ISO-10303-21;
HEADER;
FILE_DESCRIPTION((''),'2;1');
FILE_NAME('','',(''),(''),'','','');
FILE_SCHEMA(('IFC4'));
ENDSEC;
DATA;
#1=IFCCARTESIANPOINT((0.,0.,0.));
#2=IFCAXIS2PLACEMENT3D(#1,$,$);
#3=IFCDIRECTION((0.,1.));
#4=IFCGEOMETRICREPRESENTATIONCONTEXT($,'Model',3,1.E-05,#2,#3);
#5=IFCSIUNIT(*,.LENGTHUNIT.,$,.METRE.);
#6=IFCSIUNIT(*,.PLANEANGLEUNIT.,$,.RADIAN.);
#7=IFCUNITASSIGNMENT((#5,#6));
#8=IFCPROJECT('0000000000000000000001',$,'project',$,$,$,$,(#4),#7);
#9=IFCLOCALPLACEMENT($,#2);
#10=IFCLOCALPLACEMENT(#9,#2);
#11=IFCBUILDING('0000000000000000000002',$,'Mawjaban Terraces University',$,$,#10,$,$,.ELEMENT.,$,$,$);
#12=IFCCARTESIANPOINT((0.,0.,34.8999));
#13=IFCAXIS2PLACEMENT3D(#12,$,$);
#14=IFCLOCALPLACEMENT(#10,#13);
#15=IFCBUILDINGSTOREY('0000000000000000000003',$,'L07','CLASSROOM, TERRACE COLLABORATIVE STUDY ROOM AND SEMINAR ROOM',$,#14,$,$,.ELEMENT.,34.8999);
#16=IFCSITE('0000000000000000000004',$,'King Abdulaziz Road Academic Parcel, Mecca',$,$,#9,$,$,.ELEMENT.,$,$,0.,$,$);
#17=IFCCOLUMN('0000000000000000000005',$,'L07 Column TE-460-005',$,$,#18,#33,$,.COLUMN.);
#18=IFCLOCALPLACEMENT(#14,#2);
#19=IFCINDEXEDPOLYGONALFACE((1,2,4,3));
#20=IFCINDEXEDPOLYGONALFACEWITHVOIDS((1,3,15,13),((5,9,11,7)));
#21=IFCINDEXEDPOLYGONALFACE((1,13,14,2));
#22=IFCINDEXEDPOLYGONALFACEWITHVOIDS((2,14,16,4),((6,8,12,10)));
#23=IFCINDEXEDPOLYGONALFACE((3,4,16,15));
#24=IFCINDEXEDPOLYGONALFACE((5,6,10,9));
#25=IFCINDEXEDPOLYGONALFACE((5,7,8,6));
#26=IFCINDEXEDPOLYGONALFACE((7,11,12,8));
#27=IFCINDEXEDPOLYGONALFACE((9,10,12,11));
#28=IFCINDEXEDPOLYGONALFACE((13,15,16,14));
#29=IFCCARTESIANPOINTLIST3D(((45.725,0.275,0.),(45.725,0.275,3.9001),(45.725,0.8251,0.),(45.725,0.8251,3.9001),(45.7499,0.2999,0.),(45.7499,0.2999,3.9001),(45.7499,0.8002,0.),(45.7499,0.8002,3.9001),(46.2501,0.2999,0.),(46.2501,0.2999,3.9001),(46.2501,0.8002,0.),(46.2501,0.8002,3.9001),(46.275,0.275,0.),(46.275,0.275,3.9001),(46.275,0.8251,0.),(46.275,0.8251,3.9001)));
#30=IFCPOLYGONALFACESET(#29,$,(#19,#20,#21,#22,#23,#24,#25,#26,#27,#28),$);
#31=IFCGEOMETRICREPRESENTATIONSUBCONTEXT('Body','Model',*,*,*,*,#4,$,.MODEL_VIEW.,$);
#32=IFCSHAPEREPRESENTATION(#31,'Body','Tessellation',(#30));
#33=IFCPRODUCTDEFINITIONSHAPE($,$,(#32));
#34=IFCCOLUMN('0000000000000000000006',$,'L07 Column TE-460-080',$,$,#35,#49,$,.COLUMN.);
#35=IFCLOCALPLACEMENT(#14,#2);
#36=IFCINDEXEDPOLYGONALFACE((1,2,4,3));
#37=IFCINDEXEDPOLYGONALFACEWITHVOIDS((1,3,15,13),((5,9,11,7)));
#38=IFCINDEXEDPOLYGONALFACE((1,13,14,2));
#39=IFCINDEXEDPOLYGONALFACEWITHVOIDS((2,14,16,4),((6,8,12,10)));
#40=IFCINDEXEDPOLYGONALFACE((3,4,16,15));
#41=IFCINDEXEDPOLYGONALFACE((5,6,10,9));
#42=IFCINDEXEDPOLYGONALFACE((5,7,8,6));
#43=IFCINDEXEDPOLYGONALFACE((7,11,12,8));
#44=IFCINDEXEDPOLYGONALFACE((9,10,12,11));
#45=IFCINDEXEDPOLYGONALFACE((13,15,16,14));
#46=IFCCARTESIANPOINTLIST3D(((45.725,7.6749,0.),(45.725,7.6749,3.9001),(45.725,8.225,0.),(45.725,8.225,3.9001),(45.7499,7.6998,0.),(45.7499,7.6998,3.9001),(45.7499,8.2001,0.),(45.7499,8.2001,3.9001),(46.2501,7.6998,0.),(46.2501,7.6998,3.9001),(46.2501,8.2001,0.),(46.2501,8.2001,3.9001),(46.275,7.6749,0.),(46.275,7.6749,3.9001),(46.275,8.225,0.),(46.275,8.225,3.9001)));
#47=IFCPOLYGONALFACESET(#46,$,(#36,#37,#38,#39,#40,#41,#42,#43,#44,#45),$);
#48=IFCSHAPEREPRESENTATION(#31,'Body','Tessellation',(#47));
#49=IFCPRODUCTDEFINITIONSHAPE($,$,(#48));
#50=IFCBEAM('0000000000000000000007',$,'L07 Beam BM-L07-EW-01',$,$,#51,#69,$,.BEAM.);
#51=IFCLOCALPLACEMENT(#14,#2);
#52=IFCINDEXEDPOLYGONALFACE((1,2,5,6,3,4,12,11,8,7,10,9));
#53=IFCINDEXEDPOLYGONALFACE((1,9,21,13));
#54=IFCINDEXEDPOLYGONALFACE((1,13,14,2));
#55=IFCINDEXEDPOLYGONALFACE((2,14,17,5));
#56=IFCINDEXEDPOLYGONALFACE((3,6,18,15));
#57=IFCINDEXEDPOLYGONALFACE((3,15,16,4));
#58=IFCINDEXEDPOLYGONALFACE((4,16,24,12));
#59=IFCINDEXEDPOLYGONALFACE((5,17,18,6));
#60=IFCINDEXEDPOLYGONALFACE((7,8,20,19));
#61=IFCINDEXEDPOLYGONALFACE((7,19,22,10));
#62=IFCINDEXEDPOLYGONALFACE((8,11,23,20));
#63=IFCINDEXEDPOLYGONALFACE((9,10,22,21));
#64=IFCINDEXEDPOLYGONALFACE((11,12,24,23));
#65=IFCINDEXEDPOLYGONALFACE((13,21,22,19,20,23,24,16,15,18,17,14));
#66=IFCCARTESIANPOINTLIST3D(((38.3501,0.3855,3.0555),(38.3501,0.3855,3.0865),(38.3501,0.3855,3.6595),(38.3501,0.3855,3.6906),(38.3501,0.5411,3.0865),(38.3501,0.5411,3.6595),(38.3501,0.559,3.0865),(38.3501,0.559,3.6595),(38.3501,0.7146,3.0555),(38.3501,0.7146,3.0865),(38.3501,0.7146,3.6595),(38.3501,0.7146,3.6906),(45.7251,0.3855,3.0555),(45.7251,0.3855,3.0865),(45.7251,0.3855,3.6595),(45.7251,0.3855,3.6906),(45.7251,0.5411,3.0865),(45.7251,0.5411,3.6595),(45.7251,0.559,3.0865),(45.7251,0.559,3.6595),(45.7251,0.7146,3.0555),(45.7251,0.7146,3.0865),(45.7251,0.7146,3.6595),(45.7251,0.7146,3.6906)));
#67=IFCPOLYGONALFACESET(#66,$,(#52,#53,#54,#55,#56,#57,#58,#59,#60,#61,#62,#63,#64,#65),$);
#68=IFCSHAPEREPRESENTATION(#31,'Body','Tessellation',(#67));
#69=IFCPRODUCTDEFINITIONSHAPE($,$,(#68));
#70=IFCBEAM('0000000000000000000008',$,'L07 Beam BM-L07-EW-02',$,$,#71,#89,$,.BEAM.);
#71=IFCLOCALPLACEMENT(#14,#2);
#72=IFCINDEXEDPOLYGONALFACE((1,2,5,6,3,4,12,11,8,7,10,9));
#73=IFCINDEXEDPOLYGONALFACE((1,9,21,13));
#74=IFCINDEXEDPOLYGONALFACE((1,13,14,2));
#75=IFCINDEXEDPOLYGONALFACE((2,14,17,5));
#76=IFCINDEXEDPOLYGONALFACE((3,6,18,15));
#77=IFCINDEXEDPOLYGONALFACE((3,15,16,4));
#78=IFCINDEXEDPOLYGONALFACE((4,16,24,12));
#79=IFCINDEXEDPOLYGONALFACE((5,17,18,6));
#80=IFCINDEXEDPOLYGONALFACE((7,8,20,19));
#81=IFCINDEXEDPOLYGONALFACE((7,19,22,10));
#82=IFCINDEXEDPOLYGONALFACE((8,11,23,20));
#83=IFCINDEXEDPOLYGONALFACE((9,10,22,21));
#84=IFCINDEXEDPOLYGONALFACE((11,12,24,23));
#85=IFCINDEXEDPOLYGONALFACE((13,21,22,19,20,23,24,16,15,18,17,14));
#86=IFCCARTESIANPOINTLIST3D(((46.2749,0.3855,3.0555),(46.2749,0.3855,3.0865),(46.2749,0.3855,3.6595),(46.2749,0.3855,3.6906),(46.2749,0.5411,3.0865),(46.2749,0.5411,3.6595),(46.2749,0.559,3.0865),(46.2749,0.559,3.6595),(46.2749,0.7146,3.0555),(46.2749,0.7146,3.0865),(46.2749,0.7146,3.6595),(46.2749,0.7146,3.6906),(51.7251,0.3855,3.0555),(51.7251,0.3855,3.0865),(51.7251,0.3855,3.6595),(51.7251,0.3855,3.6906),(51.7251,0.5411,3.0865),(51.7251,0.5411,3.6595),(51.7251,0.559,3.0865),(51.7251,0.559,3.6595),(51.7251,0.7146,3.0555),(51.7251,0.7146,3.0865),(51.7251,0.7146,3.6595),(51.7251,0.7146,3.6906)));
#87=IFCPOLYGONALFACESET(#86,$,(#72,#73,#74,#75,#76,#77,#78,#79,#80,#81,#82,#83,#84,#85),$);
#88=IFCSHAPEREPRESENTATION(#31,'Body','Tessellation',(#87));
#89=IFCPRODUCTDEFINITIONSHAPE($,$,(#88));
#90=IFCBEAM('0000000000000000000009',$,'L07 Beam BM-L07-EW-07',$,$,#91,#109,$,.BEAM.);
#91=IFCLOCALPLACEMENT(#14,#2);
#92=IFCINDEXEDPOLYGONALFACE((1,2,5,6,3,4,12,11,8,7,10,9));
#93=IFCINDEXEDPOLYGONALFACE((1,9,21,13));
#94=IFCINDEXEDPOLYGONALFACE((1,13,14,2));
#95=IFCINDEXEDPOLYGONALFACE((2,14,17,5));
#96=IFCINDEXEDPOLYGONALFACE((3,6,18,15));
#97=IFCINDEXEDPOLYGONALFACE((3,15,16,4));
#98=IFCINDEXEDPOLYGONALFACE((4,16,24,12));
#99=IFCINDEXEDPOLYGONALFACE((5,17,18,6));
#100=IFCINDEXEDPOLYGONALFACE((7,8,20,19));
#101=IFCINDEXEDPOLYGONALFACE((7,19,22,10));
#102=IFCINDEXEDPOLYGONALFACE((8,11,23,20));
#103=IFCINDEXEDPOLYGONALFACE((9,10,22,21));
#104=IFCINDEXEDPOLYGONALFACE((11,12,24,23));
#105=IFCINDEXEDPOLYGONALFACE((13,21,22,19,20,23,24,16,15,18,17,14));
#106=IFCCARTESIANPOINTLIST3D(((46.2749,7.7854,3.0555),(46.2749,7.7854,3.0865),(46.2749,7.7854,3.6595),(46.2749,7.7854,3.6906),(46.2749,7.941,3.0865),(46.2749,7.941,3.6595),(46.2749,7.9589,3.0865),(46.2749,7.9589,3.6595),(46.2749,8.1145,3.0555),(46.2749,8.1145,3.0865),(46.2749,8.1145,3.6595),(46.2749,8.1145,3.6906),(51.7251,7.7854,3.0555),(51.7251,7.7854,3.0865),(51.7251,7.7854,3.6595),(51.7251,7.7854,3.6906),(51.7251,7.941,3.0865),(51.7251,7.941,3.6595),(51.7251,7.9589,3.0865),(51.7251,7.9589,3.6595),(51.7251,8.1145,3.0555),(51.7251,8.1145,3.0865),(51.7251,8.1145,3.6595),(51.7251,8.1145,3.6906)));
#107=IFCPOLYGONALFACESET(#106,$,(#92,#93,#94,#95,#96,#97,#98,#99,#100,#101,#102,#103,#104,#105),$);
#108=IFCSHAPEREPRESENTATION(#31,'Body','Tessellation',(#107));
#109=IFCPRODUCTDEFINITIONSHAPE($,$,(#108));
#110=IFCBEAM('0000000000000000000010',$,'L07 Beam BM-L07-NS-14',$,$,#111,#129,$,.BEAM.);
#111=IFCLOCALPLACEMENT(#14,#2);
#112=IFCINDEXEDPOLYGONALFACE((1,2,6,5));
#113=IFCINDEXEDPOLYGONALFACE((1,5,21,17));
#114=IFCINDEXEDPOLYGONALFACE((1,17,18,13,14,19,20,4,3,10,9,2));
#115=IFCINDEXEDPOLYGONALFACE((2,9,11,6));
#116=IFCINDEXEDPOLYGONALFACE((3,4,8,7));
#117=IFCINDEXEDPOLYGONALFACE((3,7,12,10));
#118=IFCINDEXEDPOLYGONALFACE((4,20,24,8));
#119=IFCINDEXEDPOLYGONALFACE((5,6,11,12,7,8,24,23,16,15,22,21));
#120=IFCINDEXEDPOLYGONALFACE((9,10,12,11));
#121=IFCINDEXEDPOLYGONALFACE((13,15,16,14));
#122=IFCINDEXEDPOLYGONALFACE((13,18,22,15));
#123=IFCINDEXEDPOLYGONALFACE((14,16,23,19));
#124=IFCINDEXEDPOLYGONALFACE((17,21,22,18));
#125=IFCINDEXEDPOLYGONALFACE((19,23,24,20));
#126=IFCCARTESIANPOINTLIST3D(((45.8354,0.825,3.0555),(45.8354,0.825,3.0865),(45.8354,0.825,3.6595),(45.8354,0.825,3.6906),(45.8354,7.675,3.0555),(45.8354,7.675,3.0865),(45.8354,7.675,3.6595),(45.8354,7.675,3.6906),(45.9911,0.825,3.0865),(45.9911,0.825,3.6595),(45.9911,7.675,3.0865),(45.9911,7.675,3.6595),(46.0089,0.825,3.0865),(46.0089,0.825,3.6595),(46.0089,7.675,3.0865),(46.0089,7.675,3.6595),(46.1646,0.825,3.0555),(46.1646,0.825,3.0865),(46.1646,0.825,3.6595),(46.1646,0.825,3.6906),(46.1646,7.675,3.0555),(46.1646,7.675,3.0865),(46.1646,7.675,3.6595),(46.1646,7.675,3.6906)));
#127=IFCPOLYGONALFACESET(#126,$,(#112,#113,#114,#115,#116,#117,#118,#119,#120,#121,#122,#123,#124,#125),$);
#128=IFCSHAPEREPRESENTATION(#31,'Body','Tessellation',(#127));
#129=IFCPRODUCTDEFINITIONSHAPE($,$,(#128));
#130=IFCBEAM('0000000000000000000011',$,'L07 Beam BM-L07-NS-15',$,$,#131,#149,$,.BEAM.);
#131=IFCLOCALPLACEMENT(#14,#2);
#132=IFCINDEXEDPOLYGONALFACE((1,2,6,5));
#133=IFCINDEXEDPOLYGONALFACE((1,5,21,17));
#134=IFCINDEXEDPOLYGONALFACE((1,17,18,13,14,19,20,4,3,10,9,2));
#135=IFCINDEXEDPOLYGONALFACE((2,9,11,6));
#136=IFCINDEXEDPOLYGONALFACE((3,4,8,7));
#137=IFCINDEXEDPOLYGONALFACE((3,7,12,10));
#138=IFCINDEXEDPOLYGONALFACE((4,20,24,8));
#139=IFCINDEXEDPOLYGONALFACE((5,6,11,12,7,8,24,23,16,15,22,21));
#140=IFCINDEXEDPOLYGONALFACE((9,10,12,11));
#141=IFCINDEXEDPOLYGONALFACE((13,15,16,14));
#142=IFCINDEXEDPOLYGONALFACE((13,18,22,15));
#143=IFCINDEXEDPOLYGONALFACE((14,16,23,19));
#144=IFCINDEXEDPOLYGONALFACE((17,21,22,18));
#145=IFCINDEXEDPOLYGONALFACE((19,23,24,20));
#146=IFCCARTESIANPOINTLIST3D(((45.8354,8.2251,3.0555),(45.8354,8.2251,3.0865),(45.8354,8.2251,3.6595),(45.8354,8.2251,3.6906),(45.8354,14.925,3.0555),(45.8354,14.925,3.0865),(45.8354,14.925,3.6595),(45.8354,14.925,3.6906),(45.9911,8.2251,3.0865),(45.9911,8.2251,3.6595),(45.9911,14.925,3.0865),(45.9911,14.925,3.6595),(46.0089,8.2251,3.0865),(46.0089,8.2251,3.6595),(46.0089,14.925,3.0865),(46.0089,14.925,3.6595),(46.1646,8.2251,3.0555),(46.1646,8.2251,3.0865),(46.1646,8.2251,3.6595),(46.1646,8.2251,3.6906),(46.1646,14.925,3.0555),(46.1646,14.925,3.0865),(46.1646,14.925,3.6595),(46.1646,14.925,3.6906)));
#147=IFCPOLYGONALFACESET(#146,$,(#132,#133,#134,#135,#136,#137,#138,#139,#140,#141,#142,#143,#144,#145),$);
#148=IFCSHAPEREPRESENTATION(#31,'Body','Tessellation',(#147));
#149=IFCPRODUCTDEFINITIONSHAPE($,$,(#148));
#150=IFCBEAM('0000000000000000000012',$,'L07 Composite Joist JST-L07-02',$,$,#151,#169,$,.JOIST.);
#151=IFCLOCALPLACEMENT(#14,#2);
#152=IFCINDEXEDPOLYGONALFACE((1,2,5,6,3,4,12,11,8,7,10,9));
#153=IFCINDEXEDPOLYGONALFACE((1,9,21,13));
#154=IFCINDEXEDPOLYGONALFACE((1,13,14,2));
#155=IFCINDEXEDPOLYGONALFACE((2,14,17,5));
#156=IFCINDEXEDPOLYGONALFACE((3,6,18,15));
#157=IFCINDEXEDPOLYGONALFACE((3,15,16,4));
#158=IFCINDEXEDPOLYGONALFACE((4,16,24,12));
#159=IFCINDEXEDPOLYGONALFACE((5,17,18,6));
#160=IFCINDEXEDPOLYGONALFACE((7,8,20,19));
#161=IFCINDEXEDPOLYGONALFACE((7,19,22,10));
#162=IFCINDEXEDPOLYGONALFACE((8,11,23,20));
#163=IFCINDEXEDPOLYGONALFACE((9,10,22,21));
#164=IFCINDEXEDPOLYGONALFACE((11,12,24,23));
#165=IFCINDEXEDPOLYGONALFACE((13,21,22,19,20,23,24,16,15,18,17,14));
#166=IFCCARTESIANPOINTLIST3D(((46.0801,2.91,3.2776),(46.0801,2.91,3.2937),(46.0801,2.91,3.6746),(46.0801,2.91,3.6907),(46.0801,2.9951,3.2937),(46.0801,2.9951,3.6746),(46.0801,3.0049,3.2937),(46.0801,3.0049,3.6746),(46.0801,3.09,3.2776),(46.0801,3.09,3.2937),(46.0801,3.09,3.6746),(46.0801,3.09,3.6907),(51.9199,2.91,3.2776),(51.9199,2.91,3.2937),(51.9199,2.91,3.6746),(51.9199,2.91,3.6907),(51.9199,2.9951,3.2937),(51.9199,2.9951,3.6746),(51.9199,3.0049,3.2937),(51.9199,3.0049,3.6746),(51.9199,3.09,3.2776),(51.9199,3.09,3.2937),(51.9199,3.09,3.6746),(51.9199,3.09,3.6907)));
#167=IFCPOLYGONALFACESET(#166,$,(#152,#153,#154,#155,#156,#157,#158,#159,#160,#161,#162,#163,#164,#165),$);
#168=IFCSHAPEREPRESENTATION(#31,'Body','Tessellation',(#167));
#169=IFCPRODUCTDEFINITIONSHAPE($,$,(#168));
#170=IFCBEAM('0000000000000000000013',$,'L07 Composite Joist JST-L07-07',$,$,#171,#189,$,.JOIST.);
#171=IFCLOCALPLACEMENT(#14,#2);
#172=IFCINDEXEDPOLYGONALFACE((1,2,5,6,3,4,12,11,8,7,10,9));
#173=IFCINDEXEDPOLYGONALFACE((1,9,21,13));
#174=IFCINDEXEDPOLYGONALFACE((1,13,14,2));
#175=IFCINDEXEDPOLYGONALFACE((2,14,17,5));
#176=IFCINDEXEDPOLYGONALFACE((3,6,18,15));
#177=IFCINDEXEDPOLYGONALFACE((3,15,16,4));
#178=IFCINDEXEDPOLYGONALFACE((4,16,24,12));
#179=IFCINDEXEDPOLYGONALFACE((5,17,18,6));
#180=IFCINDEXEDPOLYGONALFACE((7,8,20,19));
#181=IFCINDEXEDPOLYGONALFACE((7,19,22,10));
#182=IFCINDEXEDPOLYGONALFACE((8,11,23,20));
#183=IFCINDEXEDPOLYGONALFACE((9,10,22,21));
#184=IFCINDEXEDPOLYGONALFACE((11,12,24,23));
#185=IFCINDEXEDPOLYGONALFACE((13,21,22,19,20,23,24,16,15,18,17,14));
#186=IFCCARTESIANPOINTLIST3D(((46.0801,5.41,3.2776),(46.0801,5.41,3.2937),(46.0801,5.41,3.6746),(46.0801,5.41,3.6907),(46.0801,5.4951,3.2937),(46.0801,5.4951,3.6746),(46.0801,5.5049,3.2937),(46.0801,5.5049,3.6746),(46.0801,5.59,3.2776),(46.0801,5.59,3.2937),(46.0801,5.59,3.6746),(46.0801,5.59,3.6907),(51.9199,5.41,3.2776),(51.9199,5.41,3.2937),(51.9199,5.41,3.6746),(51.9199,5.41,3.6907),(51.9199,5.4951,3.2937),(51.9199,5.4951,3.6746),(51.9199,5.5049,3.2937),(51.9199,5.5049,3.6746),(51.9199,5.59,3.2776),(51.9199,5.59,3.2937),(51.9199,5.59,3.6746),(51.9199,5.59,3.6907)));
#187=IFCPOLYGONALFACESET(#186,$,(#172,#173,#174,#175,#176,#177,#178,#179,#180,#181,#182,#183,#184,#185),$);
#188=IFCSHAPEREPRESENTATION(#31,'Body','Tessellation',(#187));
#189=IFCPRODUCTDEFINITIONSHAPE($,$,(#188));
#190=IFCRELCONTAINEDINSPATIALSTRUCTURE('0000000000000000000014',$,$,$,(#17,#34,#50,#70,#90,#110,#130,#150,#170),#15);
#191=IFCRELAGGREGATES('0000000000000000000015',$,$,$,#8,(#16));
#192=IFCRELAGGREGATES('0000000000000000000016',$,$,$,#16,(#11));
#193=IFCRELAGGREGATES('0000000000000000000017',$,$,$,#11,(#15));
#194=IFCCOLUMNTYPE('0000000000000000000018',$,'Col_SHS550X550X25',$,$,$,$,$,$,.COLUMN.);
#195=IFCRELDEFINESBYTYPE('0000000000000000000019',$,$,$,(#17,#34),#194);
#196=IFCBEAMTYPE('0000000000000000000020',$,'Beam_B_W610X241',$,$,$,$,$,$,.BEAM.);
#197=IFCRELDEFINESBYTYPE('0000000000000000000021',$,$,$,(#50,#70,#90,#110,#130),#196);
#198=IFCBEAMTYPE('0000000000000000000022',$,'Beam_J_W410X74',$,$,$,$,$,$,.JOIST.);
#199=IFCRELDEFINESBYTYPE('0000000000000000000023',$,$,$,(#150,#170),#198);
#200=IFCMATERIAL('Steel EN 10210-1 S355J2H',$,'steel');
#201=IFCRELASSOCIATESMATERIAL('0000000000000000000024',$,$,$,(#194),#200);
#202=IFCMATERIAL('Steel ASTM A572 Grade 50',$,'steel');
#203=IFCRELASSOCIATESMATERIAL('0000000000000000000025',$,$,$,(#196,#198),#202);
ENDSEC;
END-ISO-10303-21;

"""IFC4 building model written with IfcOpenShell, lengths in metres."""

from ifc_helpers import new_model, si_unit, direction, frame, origin, origin_2d, place, context, subcontext, project, spatial, hollow_rectangle, i_section, extrude, material, material_profile, profile_set, type_object, element, save


model = new_model("IFC4")

# Units and contexts
model_context = context("Model", 3, precision=1e-05, world=origin(), true_north=direction((0.0, 1.0)))
body_context = subcontext(model_context, "Body", "Model", "MODEL_VIEW")
ifc_project = project(units=[si_unit("LENGTHUNIT", "METRE"), si_unit("PLANEANGLEUNIT", "RADIAN")], contexts=[model_context])

# Site, building, storey
site_placement = place(None, origin())
site = spatial("IfcSite", under=ifc_project, at=site_placement, Name="King Abdulaziz Road Academic Parcel, Mecca", CompositionType="ELEMENT", RefElevation=0.0)
building_placement = place(site_placement, origin())
building = spatial("IfcBuilding", under=site, at=building_placement, Name="Mawjaban Terraces University", CompositionType="ELEMENT")
storey_placement = place(building_placement, frame((0.0, 0.0, 34.8999)))
storey = spatial("IfcBuildingStorey", under=building, at=storey_placement, Name="L07", Description="CLASSROOM, TERRACE COLLABORATIVE STUDY ROOM AND SEMINAR ROOM", CompositionType="ELEMENT", Elevation=34.8999)

# Columns
ifc_material_1 = material(Name="Steel EN 10210-1 S355J2H", Category="steel")
ifc_material_profile_1 = material_profile(ifc_material_1, hollow_rectangle(XDim=0.55, YDim=0.55, WallThickness=0.0249, at=origin_2d()), Name="SHS550X550X25")
ifc_profile_set_1 = profile_set([ifc_material_profile_1], Name="Steel EN 10210-1 S355J2H")
column_type = type_object("IfcColumnType", Name="Col_SHS550X550X25", PredefinedType="COLUMN", material=ifc_profile_set_1)
for number, where, z_axis, x_axis, name in (
    (1, (46.0, 0.55, 0.0), (0.0, 0.0, 1.0), (1.0, 0.0, 0.0), "L07 Column TE-460-005"),
    (2, (46.0, 7.95, 0.0), (0.0, 0.0, 1.0), (1.0, 0.0, 0.0), "L07 Column TE-460-080"),
):
    element("IfcColumn", number, at=place(storey_placement, frame(where, z_axis=z_axis, x_axis=x_axis)), inside=storey, type_object=column_type, Name=name, PredefinedType="COLUMN", context=body_context, shape_type="SweptSolid", body=[
        extrude(hollow_rectangle(XDim=0.55, YDim=0.55, WallThickness=0.0249, at=origin_2d()), origin(), (0.0, 0.0, 1.0), 3.9001),
    ])

# Beams
ifc_material_2 = material(Name="Steel ASTM A572 Grade 50", Category="steel")
ifc_material_profile_2 = material_profile(ifc_material_2, i_section(OverallWidth=0.3291, OverallDepth=0.635, WebThickness=0.0178, FlangeThickness=0.031, at=origin_2d()), Name="W610X241")
ifc_profile_set_2 = profile_set([ifc_material_profile_2], Name="Steel ASTM A572 Grade 50")
beam_type_1 = type_object("IfcBeamType", Name="Beam_B_W610X241", PredefinedType="BEAM", material=ifc_profile_set_2)
beam_1_placement = place(storey_placement, frame((38.3501, 0.55, 3.373), z_axis=(1.0, 0.0, 0.0), x_axis=(0.0, 1.0, 0.0)))
element("IfcBeam", 3, at=beam_1_placement, inside=storey, type_object=beam_type_1, Name="L07 Beam BM-L07-EW-01", PredefinedType="BEAM", context=body_context, shape_type="SweptSolid", body=[
    extrude(i_section(OverallWidth=0.3291, OverallDepth=0.635, WebThickness=0.0178, FlangeThickness=0.031, at=origin_2d()), origin(), (0.0, 0.0, 1.0), 7.375),
])
for number, where, z_axis, x_axis, name in (
    (4, (46.2749, 0.55, 3.373), (1.0, 0.0, 0.0), (0.0, 1.0, 0.0), "L07 Beam BM-L07-EW-02"),
    (5, (46.2749, 7.95, 3.373), (1.0, 0.0, 0.0), (0.0, 1.0, 0.0), "L07 Beam BM-L07-EW-07"),
):
    element("IfcBeam", number, at=place(storey_placement, frame(where, z_axis=z_axis, x_axis=x_axis)), inside=storey, type_object=beam_type_1, Name=name, PredefinedType="BEAM", context=body_context, shape_type="SweptSolid", body=[
        extrude(i_section(OverallWidth=0.3291, OverallDepth=0.635, WebThickness=0.0178, FlangeThickness=0.031, at=origin_2d()), origin(), (0.0, 0.0, 1.0), 5.4502),
    ])
beam_2_placement = place(storey_placement, frame((46.0, 0.825, 3.373), z_axis=(0.0, 1.0, 0.0), x_axis=(-1.0, 0.0, 0.0)))
element("IfcBeam", 6, at=beam_2_placement, inside=storey, type_object=beam_type_1, Name="L07 Beam BM-L07-NS-14", PredefinedType="BEAM", context=body_context, shape_type="SweptSolid", body=[
    extrude(i_section(OverallWidth=0.3291, OverallDepth=0.635, WebThickness=0.0178, FlangeThickness=0.031, at=origin_2d()), origin(), (0.0, 0.0, 1.0), 6.8501),
])
beam_3_placement = place(storey_placement, frame((46.0, 8.2251, 3.373), z_axis=(0.0, 1.0, 0.0), x_axis=(-1.0, 0.0, 0.0)))
element("IfcBeam", 7, at=beam_3_placement, inside=storey, type_object=beam_type_1, Name="L07 Beam BM-L07-NS-15", PredefinedType="BEAM", context=body_context, shape_type="SweptSolid", body=[
    extrude(i_section(OverallWidth=0.3291, OverallDepth=0.635, WebThickness=0.0178, FlangeThickness=0.031, at=origin_2d()), origin(), (0.0, 0.0, 1.0), 6.7),
])
ifc_material_profile_3 = material_profile(ifc_material_2, i_section(OverallWidth=0.1799, OverallDepth=0.4131, WebThickness=0.0098, FlangeThickness=0.0161, at=origin_2d()), Name="W410X74")
ifc_profile_set_3 = profile_set([ifc_material_profile_3], Name="Steel ASTM A572 Grade 50")
beam_type_2 = type_object("IfcBeamType", Name="Beam_J_W410X74", PredefinedType="JOIST", material=ifc_profile_set_3)
for number, where, z_axis, x_axis, name in (
    (8, (46.0801, 3.0, 3.4841), (1.0, 0.0, 0.0), (0.0, 1.0, 0.0), "L07 Composite Joist JST-L07-02"),
    (9, (46.0801, 5.5, 3.4841), (1.0, 0.0, 0.0), (0.0, 1.0, 0.0), "L07 Composite Joist JST-L07-07"),
):
    element("IfcBeam", number, at=place(storey_placement, frame(where, z_axis=z_axis, x_axis=x_axis)), inside=storey, type_object=beam_type_2, Name=name, PredefinedType="JOIST", context=body_context, shape_type="SweptSolid", body=[
        extrude(i_section(OverallWidth=0.1799, OverallDepth=0.4131, WebThickness=0.0098, FlangeThickness=0.0161, at=origin_2d()), origin(), (0.0, 0.0, 1.0), 5.8398),
    ])

save(model, "model.ifc")
